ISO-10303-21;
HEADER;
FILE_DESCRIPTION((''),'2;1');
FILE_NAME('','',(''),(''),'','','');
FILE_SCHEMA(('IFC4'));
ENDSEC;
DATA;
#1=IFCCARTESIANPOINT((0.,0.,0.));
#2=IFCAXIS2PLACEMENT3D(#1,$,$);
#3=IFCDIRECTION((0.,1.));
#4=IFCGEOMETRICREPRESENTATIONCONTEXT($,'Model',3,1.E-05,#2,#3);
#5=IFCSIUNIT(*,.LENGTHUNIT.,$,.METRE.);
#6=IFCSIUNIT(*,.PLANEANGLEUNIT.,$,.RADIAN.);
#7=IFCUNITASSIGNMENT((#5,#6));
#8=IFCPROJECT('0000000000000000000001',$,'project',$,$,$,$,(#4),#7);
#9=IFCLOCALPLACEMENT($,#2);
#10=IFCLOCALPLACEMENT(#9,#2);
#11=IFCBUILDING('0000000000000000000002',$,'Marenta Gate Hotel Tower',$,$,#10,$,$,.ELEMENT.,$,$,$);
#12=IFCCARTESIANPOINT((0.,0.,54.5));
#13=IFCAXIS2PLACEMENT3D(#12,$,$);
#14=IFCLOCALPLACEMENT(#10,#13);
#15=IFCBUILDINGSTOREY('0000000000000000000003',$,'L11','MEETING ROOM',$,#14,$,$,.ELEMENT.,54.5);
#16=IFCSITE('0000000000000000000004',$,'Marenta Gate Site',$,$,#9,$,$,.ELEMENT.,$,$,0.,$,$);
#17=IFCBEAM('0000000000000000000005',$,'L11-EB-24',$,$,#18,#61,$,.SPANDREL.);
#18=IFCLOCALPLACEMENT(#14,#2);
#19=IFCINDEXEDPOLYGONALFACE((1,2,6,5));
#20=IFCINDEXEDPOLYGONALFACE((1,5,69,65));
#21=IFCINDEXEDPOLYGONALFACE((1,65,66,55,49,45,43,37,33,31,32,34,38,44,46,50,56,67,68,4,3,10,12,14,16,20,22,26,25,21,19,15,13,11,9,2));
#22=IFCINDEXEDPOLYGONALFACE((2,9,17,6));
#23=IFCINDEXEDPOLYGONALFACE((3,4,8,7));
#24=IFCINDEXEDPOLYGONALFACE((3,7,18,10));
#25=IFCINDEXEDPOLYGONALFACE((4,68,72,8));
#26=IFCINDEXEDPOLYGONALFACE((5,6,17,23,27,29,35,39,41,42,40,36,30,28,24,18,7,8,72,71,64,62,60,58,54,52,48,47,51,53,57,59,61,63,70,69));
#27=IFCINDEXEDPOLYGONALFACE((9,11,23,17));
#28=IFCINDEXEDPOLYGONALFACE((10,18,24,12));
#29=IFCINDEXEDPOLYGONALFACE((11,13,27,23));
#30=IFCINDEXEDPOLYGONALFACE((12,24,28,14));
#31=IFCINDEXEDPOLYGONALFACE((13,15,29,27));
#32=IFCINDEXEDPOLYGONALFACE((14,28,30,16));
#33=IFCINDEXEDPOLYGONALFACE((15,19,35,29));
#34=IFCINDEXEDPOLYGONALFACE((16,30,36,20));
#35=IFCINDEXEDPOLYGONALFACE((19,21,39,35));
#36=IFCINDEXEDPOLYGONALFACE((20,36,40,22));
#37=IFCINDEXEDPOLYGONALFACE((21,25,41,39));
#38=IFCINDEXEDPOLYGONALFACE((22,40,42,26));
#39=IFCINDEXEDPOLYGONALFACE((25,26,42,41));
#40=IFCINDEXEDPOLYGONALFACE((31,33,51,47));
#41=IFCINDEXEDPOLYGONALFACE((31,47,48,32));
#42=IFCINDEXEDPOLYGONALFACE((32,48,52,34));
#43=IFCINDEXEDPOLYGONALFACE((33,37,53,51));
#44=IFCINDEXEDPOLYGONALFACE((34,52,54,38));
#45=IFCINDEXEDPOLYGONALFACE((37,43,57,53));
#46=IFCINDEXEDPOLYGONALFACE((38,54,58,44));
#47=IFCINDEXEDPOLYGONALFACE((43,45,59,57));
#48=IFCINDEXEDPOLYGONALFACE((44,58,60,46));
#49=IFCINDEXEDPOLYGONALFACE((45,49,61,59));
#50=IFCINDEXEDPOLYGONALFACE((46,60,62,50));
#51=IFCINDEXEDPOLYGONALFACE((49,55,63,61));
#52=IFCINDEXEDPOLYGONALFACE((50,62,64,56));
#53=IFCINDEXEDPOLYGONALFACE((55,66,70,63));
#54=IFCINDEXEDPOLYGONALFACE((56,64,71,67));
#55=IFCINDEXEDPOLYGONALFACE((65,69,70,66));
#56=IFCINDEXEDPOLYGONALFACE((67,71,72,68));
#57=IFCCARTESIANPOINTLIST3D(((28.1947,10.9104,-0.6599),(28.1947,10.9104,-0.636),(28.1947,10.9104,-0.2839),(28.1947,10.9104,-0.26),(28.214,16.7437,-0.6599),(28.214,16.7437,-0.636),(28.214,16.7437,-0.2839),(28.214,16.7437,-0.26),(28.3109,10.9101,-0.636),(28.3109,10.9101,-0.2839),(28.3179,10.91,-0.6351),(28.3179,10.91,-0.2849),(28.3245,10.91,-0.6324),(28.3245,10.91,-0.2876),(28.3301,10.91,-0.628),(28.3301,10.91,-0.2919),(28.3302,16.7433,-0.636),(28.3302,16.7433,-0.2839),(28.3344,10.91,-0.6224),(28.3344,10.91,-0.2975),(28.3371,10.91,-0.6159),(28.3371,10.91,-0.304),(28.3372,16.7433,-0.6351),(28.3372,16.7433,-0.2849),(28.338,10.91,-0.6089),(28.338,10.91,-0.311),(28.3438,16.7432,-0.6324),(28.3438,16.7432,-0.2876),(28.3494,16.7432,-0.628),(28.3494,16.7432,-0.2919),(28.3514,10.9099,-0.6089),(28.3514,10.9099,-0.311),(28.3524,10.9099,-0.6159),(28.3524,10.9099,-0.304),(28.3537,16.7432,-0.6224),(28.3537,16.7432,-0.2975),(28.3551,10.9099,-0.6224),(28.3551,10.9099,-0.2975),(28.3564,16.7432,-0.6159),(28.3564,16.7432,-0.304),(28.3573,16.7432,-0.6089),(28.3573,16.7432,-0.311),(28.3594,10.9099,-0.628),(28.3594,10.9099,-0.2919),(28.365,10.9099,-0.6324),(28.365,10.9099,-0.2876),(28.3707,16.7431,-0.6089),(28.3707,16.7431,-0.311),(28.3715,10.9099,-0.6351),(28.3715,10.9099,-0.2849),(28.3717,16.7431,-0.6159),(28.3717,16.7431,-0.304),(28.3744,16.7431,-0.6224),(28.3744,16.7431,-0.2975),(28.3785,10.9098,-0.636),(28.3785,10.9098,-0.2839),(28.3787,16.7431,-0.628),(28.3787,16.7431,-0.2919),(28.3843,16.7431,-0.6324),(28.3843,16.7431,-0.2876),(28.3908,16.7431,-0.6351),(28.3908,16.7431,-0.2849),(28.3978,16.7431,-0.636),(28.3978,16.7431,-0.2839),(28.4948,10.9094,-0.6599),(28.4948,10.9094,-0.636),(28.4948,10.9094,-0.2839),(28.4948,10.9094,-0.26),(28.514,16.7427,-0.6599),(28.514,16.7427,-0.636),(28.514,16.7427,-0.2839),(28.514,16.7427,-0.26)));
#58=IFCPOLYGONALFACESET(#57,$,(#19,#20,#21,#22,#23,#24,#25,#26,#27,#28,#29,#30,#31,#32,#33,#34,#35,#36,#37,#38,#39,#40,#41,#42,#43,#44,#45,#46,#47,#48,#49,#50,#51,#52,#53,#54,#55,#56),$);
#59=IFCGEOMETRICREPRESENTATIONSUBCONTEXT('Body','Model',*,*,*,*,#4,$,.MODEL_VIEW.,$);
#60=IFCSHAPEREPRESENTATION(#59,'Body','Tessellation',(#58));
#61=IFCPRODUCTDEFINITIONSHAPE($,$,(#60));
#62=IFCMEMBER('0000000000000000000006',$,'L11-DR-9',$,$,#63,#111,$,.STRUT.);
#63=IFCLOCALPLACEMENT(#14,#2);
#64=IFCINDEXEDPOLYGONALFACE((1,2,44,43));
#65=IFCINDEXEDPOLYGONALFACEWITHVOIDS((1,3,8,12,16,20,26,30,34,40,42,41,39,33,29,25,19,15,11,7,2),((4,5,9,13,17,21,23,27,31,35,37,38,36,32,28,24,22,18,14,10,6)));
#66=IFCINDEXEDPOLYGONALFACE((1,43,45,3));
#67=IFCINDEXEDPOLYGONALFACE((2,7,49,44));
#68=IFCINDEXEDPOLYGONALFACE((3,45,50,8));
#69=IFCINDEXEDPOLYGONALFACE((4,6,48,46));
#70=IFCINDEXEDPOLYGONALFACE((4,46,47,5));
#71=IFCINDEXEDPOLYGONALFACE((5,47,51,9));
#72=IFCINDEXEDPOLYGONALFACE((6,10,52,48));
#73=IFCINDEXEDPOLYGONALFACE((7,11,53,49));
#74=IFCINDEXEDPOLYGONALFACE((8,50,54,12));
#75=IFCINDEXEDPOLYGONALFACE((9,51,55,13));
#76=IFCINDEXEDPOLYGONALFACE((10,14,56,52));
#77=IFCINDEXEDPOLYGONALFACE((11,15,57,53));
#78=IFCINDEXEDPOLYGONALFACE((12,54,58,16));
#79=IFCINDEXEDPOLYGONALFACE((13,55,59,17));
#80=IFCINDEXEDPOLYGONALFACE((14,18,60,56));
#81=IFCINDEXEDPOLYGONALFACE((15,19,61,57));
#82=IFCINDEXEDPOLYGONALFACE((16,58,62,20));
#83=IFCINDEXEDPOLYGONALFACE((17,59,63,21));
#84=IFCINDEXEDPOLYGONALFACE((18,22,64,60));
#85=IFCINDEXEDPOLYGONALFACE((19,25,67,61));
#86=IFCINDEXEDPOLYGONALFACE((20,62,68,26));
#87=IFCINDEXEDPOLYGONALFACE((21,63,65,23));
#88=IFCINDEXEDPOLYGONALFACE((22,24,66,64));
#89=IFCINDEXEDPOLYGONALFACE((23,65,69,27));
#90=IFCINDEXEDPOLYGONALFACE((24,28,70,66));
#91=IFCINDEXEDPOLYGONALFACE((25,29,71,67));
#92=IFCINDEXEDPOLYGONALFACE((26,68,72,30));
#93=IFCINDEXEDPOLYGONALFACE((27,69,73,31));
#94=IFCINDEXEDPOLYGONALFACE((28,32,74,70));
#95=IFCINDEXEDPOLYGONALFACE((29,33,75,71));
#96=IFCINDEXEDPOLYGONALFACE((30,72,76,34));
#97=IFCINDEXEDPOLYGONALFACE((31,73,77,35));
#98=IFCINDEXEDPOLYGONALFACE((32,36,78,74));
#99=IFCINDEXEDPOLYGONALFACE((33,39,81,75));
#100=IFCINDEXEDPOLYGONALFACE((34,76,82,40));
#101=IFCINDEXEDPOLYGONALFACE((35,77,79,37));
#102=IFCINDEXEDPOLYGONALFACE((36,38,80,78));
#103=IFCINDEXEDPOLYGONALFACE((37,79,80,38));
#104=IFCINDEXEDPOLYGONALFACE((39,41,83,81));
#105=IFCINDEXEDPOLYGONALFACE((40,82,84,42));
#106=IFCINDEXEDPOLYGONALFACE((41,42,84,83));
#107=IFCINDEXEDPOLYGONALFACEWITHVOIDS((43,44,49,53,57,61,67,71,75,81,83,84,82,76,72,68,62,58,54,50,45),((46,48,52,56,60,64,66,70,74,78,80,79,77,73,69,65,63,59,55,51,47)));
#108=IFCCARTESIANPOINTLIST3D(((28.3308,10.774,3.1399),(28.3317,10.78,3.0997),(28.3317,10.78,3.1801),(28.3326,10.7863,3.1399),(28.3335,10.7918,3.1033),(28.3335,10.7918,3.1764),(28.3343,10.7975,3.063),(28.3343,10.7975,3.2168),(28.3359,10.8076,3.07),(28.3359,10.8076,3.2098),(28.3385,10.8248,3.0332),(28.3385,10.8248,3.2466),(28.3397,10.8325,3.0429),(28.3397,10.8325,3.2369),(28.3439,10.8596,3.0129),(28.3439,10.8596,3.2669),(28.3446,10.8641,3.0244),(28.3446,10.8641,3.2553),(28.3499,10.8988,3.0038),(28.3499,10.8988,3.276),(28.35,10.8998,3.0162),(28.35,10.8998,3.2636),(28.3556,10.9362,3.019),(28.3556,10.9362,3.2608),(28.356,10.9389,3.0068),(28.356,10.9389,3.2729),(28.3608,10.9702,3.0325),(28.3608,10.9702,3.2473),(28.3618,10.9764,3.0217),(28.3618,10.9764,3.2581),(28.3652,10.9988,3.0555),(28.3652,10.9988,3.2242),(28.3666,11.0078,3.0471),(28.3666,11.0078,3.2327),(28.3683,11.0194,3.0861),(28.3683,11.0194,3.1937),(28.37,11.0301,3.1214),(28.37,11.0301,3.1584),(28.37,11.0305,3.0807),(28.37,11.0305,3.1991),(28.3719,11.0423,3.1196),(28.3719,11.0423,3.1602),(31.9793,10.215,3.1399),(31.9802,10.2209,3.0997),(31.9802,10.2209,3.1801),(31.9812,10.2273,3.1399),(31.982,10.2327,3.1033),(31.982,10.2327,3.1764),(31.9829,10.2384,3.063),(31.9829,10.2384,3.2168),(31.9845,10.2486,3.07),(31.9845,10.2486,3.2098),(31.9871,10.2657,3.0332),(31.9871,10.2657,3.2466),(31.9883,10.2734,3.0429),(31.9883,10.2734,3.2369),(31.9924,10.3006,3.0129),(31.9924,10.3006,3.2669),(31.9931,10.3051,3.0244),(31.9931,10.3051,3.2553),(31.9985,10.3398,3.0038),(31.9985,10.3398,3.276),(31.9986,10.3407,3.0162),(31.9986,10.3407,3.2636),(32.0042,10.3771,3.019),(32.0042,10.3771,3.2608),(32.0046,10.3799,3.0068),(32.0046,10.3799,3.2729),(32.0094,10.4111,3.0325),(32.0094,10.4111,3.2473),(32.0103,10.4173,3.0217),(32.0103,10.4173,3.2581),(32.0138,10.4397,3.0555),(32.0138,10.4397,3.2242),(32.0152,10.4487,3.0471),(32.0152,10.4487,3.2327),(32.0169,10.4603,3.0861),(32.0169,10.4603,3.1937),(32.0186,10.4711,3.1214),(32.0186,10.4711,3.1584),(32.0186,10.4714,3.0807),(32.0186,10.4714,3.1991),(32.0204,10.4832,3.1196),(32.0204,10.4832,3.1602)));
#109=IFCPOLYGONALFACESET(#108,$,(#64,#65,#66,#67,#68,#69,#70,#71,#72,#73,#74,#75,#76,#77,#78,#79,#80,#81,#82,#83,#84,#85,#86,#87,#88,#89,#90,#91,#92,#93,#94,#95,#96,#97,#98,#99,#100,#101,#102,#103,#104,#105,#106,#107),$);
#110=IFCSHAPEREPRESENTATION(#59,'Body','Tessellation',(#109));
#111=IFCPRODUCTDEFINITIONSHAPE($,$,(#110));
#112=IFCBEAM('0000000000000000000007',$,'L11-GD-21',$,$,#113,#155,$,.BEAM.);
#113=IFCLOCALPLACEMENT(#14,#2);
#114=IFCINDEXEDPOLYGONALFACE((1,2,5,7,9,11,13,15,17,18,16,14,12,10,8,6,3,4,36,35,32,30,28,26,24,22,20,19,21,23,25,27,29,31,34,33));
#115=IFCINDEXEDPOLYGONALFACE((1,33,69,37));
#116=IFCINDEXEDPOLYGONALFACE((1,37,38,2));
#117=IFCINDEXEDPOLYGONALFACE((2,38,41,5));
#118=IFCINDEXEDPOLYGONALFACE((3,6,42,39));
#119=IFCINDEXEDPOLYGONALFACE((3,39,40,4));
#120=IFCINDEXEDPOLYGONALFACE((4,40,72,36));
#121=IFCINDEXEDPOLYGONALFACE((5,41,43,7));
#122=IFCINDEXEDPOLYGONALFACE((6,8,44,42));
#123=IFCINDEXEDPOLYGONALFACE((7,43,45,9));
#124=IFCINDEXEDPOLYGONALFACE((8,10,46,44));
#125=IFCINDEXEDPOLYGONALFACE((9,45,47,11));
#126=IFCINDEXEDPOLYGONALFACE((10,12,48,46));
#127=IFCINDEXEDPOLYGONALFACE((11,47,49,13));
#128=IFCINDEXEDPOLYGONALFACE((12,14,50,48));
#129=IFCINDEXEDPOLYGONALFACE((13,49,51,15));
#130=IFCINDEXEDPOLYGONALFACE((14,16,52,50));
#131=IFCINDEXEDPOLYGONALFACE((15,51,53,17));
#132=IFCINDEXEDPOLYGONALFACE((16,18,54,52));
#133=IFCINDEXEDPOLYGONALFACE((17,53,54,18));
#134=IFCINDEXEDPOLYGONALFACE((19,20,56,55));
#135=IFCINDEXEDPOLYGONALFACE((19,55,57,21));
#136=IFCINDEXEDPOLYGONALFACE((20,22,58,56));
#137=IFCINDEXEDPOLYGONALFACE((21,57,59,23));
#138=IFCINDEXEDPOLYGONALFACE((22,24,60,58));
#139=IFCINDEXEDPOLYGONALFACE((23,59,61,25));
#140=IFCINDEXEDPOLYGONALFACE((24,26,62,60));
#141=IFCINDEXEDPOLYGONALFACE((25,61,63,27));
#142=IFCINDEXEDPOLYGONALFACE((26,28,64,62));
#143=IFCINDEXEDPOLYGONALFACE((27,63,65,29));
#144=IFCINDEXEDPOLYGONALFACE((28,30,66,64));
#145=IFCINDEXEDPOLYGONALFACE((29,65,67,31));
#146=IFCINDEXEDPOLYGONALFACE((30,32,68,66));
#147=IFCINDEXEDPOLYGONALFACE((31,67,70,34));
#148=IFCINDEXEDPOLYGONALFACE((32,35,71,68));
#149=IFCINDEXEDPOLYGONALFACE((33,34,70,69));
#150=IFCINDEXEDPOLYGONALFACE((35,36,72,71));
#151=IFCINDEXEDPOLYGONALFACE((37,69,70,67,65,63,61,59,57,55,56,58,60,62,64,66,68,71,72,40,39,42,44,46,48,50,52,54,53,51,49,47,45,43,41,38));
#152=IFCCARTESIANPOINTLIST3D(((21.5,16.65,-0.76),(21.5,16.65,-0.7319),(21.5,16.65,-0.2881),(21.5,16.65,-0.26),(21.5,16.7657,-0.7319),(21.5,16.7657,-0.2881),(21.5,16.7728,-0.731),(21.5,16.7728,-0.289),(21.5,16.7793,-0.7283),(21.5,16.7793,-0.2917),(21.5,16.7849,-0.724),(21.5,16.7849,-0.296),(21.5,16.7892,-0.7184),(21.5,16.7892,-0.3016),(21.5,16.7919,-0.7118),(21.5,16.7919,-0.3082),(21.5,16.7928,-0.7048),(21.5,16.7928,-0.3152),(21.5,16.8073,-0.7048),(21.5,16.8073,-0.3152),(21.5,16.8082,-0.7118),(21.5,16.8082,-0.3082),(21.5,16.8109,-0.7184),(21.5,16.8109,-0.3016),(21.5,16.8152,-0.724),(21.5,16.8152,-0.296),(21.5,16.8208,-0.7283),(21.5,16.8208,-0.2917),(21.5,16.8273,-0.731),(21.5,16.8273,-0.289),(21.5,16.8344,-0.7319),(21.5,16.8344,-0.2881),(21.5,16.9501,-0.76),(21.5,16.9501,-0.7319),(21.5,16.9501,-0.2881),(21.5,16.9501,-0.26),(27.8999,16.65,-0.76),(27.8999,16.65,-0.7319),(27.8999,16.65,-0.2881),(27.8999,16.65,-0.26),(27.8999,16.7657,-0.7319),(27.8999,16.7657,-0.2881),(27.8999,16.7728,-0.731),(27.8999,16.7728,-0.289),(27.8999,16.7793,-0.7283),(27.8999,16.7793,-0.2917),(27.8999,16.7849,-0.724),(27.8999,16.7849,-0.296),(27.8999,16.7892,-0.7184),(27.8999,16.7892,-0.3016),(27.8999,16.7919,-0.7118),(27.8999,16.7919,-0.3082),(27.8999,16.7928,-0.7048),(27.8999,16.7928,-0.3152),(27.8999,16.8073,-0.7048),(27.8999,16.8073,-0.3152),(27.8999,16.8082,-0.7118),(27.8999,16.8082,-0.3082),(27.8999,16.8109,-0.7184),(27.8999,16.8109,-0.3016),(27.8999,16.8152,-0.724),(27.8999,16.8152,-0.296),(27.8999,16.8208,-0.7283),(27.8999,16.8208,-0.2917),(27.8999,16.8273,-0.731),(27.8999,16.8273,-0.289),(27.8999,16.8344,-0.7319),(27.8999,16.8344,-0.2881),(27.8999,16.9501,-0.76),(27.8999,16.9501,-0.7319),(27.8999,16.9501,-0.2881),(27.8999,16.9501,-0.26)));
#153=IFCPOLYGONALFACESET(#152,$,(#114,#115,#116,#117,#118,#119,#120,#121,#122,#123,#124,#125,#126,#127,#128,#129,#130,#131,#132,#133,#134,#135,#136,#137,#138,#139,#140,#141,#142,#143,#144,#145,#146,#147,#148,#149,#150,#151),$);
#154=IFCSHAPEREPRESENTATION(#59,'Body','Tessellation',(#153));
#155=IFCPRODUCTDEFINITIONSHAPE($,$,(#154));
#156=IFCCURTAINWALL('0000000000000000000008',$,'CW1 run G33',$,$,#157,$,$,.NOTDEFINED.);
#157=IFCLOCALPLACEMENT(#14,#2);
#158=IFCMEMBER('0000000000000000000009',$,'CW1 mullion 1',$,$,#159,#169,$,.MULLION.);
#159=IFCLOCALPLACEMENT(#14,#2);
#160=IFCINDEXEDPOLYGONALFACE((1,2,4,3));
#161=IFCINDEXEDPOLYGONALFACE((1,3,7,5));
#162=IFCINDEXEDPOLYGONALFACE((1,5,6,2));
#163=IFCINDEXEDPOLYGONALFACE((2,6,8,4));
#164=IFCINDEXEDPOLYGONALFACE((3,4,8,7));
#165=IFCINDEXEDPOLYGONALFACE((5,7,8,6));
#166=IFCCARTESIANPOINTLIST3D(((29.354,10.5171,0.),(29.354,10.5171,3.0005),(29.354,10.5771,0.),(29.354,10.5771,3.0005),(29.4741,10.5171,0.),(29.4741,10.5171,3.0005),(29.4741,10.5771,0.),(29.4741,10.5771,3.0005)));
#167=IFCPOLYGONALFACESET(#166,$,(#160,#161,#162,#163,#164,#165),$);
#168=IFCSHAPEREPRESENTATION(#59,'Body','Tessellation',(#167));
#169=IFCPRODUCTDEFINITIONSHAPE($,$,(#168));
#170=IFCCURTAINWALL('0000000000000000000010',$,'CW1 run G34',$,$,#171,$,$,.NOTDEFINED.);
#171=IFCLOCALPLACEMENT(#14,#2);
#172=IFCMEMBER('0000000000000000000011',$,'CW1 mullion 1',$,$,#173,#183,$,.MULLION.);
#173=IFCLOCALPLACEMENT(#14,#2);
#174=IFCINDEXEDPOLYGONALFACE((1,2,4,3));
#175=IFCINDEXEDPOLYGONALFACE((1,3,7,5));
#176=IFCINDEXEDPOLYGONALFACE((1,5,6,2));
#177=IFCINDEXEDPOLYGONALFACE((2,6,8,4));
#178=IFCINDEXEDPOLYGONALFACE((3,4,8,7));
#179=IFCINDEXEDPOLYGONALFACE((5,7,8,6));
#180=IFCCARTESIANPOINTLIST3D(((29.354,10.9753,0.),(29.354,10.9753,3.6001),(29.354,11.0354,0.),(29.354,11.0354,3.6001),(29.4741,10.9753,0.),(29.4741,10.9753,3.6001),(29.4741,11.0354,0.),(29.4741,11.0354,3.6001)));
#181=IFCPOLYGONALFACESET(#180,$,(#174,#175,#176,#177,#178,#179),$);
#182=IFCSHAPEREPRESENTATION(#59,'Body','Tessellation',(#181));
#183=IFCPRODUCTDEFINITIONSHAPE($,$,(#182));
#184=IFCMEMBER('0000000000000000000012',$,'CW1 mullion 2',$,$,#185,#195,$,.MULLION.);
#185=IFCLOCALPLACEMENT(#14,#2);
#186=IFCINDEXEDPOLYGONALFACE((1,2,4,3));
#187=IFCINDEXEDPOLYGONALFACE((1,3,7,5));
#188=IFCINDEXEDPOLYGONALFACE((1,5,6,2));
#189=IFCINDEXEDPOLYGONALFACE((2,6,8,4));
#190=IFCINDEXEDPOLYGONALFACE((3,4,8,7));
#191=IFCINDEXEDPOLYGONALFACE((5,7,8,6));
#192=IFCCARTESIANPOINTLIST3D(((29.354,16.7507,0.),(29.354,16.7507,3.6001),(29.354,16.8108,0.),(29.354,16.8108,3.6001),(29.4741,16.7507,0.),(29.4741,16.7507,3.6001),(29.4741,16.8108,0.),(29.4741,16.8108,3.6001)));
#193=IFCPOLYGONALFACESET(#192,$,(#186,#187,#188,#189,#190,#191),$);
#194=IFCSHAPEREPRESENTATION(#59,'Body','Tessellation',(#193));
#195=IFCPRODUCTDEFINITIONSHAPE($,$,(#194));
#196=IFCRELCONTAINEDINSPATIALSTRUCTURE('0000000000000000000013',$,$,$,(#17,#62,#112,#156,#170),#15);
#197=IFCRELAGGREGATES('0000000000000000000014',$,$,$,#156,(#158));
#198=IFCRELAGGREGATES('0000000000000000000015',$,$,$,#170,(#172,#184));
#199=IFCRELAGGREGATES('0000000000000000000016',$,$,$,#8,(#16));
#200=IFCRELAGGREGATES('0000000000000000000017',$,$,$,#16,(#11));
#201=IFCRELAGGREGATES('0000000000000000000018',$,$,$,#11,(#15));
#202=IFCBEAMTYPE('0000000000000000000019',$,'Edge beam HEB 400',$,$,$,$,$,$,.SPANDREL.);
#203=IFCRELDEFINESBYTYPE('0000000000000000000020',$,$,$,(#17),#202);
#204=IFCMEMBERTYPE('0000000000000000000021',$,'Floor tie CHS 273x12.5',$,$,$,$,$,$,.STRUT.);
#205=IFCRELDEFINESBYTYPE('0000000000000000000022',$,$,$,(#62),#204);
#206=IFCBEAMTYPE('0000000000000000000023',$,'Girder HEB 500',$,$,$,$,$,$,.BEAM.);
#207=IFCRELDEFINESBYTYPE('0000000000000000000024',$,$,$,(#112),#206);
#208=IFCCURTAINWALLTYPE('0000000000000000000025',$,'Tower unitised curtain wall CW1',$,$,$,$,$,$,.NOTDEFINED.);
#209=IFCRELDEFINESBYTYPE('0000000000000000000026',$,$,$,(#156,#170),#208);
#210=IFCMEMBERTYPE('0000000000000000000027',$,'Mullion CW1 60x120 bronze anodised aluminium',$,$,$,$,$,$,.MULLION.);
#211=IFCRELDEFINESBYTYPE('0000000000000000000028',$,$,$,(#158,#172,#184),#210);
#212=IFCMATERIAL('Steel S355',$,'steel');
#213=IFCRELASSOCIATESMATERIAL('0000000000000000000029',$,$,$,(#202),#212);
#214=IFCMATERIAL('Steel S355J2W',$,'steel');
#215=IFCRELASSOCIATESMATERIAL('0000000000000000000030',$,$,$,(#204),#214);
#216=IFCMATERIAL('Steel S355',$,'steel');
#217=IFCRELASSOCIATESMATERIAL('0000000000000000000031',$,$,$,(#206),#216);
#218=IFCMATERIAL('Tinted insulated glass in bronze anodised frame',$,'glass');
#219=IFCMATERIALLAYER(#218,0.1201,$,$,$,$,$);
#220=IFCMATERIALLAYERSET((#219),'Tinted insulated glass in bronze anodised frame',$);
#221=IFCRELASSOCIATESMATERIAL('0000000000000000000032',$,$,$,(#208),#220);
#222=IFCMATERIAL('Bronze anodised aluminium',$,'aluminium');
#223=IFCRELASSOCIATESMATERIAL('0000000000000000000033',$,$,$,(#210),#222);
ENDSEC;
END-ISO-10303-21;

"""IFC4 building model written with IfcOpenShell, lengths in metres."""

from ifc_helpers import new_model, si_unit, direction, frame, origin, origin_2d, place, context, subcontext, project, spatial, rectangle, hollow_circle, i_section, extrude, material, layer, layer_set, material_profile, profile_set, type_object, element, aggregate, save


model = new_model("IFC4")

# Units and contexts
model_context = context("Model", 3, precision=1e-05, world=origin(), true_north=direction((0.0, 1.0)))
body_context = subcontext(model_context, "Body", "Model", "MODEL_VIEW")
ifc_project = project(units=[si_unit("LENGTHUNIT", "METRE"), si_unit("PLANEANGLEUNIT", "RADIAN")], contexts=[model_context])

# Site, building, storey
site_placement = place(None, origin())
site = spatial("IfcSite", under=ifc_project, at=site_placement, Name="Marenta Gate Site", CompositionType="ELEMENT", RefElevation=0.0)
building_placement = place(site_placement, origin())
building = spatial("IfcBuilding", under=site, at=building_placement, Name="Marenta Gate Hotel Tower", CompositionType="ELEMENT")
storey_placement = place(building_placement, frame((0.0, 0.0, 54.5)))
storey = spatial("IfcBuildingStorey", under=building, at=storey_placement, Name="L11", Description="MEETING ROOM", CompositionType="ELEMENT", Elevation=54.5)

# Beam
ifc_material_1 = material(Name="Steel S355", Category="steel")
ifc_material_profile_1 = material_profile(ifc_material_1, i_section(OverallWidth=0.3, OverallDepth=0.3999, WebThickness=0.0134, FlangeThickness=0.0239, FilletRadius=0.0271, at=origin_2d()), Name="HEB 400")
ifc_profile_set_1 = profile_set([ifc_material_profile_1], Name="Steel S355")
beam_type_1 = type_object("IfcBeamType", Name="Edge beam HEB 400", PredefinedType="SPANDREL", material=ifc_profile_set_1)
beam_1_placement = place(storey_placement, frame((28.364, 16.7432, -0.46), z_axis=(-0.003306, -0.999995, 0.0), x_axis=(0.999995, -0.003306, 0.0)))
element("IfcBeam", 1, at=beam_1_placement, inside=storey, type_object=beam_type_1, Name="L11-EB-24", PredefinedType="SPANDREL", context=body_context, shape_type="SweptSolid", body=[
    extrude(i_section(OverallWidth=0.3, OverallDepth=0.3999, WebThickness=0.0134, FlangeThickness=0.0239, FilletRadius=0.0271, at=origin_2d()), origin(), (0.0, 0.0, 1.0), 5.8333),
])

# Member
ifc_material_2 = material(Name="Steel S355J2W", Category="steel")
ifc_material_profile_2 = material_profile(ifc_material_2, hollow_circle(Radius=0.1365, WallThickness=0.0125, at=origin_2d()), Name="CHS 273x12.5")
ifc_profile_set_2 = profile_set([ifc_material_profile_2], Name="Steel S355J2W")
member_type_1 = type_object("IfcMemberType", Name="Floor tie CHS 273x12.5", PredefinedType="STRUT", material=ifc_profile_set_2)
member_1_placement = place(storey_placement, frame((32.0, 10.3499, 3.1399), z_axis=(-0.988463, 0.151461, 0.0), x_axis=(-0.151461, -0.988463, 0.0)))
element("IfcMember", 2, at=member_1_placement, inside=storey, type_object=member_type_1, Name="L11-DR-9", PredefinedType="STRUT", context=body_context, shape_type="SweptSolid", body=[
    extrude(hollow_circle(Radius=0.1365, WallThickness=0.0125, at=origin_2d()), origin(), (0.0, 0.0, 1.0), 3.6912),
])

# Beam
ifc_material_3 = material(Name="Steel S355", Category="steel")
ifc_material_profile_3 = material_profile(ifc_material_3, i_section(OverallWidth=0.3, OverallDepth=0.5, WebThickness=0.0144, FlangeThickness=0.0281, FilletRadius=0.0271, at=origin_2d()), Name="HEB 500")
ifc_profile_set_3 = profile_set([ifc_material_profile_3], Name="Steel S355")
beam_type_2 = type_object("IfcBeamType", Name="Girder HEB 500", PredefinedType="BEAM", material=ifc_profile_set_3)
beam_2_placement = place(storey_placement, frame((21.5, 16.8, -0.51), z_axis=(1.0, 0.0, 0.0), x_axis=(0.0, 1.0, 0.0)))
element("IfcBeam", 3, at=beam_2_placement, inside=storey, type_object=beam_type_2, Name="L11-GD-21", PredefinedType="BEAM", context=body_context, shape_type="SweptSolid", body=[
    extrude(i_section(OverallWidth=0.3, OverallDepth=0.5, WebThickness=0.0144, FlangeThickness=0.0281, FilletRadius=0.0271, at=origin_2d()), origin(), (0.0, 0.0, 1.0), 6.3999),
])

# Curtain wall, member
ifc_material_4 = material(Name="Tinted insulated glass in bronze anodised frame", Category="glass")
ifc_layer_1 = layer(ifc_material_4, 0.1201)
ifc_layer_set_1 = layer_set([ifc_layer_1], Name="Tinted insulated glass in bronze anodised frame")
curtain_wall_type = type_object("IfcCurtainWallType", Name="Tower unitised curtain wall CW1", PredefinedType="NOTDEFINED", material=ifc_layer_set_1)
curtain_wall_1_placement = place(storey_placement, origin())
curtain_wall_1 = element("IfcCurtainWall", 4, at=curtain_wall_1_placement, inside=storey, type_object=curtain_wall_type, Name="CW1 run G33", PredefinedType="NOTDEFINED")
ifc_material_5 = material(Name="Bronze anodised aluminium", Category="aluminium")
ifc_material_profile_4 = material_profile(ifc_material_5, rectangle(XDim=0.1201, YDim=0.0601, at=origin_2d()), Name="Mullion CW1 60x120 bronze anodised aluminium")
ifc_profile_set_4 = profile_set([ifc_material_profile_4], Name="Bronze anodised aluminium")
member_type_2 = type_object("IfcMemberType", Name="Mullion CW1 60x120 bronze anodised aluminium", PredefinedType="MULLION", material=ifc_profile_set_4)
member_2_placement = place(storey_placement, frame((29.4141, 10.5471, 0.0), z_axis=(0.0, 0.0, 1.0), x_axis=(-1.0, 0.0, 0.0)))
member_2 = element("IfcMember", 5, at=member_2_placement, type_object=member_type_2, Name="CW1 mullion 1", PredefinedType="MULLION", context=body_context, shape_type="SweptSolid", body=[
    extrude(rectangle(XDim=0.1201, YDim=0.0601, at=origin_2d()), origin(), (0.0, 0.0, 1.0), 3.0005),
])

# Curtain wall, members
curtain_wall_2_placement = place(storey_placement, origin())
curtain_wall_2 = element("IfcCurtainWall", 6, at=curtain_wall_2_placement, inside=storey, type_object=curtain_wall_type, Name="CW1 run G34", PredefinedType="NOTDEFINED")
member_3_placement = place(storey_placement, frame((29.4141, 11.0054, 0.0), z_axis=(0.0, 0.0, 1.0), x_axis=(-1.0, 0.0, 0.0)))
member_3 = element("IfcMember", 7, at=member_3_placement, type_object=member_type_2, Name="CW1 mullion 1", PredefinedType="MULLION", context=body_context, shape_type="SweptSolid", body=[
    extrude(rectangle(XDim=0.1201, YDim=0.0601, at=origin_2d()), origin(), (0.0, 0.0, 1.0), 3.6001),
])
member_4_placement = place(storey_placement, frame((29.4141, 16.7808, 0.0), z_axis=(0.0, 0.0, 1.0), x_axis=(-1.0, 0.0, 0.0)))
member_4 = element("IfcMember", 8, at=member_4_placement, type_object=member_type_2, Name="CW1 mullion 2", PredefinedType="MULLION", context=body_context, shape_type="SweptSolid", body=[
    extrude(rectangle(XDim=0.1201, YDim=0.0601, at=origin_2d()), origin(), (0.0, 0.0, 1.0), 3.6001),
])

aggregate(curtain_wall_1, [member_2])
aggregate(curtain_wall_2, [member_3, member_4])

save(model, "model.ifc")
